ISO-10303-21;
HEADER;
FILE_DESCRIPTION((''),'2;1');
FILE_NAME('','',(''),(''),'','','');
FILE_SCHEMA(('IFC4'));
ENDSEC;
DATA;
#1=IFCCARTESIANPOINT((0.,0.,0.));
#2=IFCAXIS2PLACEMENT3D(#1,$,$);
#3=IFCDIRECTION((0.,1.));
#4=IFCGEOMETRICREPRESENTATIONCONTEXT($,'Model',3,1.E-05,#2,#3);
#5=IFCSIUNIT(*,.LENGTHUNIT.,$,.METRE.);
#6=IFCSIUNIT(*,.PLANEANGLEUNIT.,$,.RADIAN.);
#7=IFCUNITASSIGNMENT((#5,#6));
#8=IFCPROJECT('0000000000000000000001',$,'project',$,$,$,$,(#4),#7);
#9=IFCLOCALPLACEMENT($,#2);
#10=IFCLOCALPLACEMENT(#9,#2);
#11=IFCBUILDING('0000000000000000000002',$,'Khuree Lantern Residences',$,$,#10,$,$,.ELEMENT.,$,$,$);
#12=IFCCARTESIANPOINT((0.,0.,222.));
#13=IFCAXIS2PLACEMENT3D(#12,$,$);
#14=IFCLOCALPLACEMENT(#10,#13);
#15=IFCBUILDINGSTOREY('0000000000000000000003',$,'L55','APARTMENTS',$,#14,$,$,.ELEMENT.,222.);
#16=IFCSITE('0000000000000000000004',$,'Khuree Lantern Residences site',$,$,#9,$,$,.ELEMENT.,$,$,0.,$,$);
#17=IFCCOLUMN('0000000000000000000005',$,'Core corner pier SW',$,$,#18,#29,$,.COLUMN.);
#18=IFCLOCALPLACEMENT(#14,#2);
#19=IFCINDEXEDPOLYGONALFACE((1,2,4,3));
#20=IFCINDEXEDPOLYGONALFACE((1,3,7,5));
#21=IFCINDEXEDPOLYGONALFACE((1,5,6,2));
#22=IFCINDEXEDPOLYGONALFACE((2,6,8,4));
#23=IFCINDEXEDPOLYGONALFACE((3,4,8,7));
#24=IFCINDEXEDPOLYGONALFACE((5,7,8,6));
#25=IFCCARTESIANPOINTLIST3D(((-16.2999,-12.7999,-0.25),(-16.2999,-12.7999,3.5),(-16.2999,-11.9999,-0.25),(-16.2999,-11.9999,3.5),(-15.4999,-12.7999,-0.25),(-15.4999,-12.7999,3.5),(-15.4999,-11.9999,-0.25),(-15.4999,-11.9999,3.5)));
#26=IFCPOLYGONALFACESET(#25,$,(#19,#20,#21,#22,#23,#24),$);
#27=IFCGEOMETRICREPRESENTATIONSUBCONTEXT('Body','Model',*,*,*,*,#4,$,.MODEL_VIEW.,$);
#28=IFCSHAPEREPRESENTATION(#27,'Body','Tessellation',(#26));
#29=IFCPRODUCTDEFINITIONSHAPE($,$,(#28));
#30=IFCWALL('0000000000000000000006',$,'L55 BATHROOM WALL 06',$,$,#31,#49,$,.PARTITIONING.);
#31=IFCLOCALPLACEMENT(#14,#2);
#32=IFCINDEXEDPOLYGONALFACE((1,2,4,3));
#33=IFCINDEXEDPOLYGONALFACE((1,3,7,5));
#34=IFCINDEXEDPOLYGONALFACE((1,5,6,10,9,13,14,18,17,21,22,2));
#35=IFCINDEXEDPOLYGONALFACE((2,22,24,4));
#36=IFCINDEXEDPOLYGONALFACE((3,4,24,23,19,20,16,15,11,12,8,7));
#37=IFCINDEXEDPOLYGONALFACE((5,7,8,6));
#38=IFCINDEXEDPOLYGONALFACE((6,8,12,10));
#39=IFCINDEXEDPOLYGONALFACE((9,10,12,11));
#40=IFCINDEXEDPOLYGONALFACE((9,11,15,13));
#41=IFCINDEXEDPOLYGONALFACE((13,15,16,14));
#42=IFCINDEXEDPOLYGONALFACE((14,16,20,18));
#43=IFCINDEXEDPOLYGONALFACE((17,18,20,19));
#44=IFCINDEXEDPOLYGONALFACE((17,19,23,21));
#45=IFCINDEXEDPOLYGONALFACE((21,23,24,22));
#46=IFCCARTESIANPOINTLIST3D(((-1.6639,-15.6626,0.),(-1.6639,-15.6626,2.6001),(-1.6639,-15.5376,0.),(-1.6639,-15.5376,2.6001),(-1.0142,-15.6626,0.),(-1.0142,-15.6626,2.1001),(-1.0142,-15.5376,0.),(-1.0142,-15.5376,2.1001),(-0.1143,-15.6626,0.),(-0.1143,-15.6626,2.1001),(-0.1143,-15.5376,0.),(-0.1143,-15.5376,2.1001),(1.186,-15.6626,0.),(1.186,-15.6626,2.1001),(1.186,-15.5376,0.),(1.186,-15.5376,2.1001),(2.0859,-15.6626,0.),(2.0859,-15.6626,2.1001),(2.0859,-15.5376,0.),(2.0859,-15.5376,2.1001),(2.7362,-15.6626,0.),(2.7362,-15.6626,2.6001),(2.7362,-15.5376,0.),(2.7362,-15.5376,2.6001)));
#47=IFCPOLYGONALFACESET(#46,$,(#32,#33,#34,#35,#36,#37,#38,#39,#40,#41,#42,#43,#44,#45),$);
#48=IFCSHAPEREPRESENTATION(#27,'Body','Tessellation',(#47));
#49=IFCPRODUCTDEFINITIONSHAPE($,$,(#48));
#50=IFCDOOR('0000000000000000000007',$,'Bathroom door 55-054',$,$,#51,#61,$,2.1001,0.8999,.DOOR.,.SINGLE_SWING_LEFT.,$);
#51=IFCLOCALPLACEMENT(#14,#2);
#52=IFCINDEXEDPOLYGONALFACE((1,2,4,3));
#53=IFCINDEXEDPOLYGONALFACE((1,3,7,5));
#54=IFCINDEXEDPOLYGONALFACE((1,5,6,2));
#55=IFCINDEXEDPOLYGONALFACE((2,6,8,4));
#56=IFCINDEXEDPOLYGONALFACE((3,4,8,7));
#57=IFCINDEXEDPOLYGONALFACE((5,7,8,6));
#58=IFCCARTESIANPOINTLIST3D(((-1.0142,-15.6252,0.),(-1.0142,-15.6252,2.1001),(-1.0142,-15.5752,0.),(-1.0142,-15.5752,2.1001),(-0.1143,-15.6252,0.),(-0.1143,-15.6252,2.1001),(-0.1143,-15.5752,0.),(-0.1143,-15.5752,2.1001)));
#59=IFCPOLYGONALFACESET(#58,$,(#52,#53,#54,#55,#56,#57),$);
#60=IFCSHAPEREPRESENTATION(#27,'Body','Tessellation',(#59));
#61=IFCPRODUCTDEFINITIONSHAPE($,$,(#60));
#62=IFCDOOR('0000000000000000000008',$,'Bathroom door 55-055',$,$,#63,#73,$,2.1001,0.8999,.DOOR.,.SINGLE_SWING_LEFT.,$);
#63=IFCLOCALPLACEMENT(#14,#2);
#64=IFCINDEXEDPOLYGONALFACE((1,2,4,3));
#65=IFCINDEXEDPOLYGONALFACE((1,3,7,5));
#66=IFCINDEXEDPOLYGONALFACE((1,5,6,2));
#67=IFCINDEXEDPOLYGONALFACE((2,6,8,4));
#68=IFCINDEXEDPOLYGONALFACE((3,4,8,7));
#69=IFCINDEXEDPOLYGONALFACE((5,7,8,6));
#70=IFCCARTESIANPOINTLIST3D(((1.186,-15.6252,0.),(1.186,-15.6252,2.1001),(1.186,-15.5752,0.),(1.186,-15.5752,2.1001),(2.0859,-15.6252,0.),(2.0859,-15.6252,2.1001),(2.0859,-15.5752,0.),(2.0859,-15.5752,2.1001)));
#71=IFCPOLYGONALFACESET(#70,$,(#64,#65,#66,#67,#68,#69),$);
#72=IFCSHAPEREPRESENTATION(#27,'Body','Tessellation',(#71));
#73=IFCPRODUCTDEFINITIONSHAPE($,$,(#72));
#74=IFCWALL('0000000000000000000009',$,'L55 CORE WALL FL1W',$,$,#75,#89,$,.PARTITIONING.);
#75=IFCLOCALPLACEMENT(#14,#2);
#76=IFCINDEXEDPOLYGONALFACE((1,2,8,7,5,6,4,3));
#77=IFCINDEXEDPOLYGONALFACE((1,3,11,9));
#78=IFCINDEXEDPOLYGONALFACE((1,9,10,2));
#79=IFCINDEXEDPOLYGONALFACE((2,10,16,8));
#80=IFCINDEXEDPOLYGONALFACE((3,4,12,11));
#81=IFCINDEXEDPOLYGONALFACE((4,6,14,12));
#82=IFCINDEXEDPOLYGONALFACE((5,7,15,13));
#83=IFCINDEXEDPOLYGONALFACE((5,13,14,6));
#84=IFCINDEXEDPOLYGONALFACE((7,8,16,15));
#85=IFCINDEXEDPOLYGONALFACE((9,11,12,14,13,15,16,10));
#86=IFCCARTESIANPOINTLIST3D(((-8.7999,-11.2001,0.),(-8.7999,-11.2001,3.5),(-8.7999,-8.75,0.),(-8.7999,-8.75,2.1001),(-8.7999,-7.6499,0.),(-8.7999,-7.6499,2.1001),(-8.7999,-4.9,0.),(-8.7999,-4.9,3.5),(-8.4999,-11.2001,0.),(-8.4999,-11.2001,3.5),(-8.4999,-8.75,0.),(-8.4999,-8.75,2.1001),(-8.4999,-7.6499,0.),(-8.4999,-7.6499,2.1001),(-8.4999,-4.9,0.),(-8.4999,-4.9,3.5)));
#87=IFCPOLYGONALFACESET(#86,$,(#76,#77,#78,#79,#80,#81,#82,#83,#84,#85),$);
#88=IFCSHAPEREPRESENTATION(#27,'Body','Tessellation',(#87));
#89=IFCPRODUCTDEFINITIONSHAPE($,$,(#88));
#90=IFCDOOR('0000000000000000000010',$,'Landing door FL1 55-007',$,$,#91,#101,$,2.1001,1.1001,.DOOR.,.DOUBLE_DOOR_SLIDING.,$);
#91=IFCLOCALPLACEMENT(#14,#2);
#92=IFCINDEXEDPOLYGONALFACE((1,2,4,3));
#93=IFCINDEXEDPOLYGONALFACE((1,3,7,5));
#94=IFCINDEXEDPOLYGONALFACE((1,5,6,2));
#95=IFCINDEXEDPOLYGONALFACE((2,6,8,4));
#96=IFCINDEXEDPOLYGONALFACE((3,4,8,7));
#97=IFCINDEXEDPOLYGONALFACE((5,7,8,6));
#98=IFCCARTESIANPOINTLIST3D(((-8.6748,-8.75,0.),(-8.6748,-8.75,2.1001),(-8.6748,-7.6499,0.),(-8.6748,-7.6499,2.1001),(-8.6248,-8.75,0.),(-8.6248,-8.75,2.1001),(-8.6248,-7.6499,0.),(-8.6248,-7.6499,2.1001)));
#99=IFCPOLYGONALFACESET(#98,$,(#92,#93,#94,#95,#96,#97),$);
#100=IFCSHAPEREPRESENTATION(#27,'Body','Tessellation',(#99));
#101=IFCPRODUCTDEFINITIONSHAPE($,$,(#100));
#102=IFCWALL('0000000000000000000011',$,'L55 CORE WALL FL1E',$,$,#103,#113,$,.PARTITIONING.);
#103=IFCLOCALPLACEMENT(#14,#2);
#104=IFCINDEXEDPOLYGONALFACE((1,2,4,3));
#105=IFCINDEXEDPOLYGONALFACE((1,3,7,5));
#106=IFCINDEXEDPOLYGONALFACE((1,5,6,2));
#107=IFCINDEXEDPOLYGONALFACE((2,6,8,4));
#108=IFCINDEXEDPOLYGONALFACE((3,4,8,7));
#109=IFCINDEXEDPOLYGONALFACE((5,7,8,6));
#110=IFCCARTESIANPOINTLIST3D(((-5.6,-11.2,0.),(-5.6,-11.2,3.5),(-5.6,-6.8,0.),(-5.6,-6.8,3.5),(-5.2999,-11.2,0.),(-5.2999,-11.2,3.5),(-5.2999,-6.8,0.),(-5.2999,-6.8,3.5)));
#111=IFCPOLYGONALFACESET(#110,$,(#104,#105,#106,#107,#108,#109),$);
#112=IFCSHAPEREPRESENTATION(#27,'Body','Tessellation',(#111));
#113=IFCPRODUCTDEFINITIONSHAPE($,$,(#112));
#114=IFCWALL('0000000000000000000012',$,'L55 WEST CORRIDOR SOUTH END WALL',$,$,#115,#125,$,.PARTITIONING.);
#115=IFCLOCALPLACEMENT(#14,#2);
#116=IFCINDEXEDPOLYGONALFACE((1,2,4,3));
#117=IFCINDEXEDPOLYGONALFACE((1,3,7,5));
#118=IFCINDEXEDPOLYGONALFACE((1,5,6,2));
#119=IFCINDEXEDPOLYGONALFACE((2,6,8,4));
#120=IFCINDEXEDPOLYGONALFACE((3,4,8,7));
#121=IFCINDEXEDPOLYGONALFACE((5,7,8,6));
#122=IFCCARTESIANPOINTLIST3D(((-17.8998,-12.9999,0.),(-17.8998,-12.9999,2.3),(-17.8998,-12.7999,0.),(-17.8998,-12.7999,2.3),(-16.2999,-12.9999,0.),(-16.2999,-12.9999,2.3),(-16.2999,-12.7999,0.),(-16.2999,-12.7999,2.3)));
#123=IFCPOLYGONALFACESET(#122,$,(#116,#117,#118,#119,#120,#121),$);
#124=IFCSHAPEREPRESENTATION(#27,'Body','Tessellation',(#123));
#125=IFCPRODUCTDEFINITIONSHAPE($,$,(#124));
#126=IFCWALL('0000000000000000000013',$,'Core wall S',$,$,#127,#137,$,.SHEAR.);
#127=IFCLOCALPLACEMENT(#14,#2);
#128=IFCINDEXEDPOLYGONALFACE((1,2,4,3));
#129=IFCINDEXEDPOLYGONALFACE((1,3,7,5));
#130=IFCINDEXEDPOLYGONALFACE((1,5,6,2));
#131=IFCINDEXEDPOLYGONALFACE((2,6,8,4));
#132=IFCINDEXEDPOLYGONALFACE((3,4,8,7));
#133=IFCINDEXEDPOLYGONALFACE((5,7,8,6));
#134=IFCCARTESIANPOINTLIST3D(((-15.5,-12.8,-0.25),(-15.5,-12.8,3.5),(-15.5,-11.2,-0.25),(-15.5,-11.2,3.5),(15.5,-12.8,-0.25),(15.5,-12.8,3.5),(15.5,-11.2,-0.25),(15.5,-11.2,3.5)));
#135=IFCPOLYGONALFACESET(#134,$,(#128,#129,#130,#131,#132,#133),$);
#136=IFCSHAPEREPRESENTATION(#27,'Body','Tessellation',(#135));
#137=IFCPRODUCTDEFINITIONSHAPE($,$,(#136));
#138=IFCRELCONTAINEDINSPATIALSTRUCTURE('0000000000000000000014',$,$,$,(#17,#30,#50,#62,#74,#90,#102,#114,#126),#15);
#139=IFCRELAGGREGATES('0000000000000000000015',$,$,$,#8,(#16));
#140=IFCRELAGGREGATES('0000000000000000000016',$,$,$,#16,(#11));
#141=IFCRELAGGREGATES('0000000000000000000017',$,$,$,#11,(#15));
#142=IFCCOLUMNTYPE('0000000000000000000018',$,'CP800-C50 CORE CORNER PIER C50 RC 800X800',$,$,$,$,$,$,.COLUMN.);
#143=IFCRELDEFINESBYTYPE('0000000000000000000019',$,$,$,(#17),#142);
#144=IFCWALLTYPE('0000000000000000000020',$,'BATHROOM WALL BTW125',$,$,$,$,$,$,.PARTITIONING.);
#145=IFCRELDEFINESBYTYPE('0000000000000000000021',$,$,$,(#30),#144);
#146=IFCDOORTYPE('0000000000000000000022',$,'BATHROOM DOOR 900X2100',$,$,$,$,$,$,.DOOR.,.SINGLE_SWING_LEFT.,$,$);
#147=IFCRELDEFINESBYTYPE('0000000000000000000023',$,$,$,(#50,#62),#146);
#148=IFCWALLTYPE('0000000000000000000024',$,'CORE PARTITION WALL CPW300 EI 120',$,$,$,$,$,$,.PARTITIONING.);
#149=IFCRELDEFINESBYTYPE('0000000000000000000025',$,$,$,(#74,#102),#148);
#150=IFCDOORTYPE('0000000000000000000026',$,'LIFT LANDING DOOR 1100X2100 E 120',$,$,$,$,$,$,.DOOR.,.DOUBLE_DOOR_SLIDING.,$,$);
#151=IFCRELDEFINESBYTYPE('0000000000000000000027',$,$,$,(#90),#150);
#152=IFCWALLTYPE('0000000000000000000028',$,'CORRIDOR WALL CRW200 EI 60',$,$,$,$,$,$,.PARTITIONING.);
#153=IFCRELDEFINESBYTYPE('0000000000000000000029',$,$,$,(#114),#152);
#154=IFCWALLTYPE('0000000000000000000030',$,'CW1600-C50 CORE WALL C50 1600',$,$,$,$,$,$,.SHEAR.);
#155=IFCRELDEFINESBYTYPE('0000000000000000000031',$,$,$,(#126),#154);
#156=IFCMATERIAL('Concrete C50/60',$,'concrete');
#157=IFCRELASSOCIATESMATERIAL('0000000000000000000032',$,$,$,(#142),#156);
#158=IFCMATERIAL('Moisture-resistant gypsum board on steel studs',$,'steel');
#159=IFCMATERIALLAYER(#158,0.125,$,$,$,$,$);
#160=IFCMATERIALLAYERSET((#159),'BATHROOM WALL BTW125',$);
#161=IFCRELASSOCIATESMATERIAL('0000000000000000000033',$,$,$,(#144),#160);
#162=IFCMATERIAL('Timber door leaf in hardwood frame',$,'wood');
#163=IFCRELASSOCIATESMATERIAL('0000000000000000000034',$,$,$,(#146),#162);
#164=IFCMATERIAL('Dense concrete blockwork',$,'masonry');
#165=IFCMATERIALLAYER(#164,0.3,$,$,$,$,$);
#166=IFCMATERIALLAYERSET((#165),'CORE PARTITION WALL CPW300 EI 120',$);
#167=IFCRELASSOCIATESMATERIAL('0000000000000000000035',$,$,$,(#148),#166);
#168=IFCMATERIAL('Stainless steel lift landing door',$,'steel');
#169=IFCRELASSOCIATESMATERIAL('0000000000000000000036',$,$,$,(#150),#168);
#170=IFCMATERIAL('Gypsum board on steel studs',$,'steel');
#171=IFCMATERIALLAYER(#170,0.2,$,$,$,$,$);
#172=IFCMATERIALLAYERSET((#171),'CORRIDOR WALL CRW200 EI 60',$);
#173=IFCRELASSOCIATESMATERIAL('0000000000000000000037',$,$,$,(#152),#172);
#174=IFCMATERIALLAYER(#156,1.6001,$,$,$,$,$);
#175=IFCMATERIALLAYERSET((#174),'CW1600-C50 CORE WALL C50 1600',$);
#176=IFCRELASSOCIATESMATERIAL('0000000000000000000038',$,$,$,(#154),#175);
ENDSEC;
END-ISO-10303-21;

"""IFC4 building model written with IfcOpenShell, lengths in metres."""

from ifc_helpers import new_model, si_unit, direction, frame, frame_2d, origin, origin_2d, place, context, subcontext, project, spatial, rectangle, extrude, material, layer, layer_set, material_profile, profile_set, type_object, element, fill, save


model = new_model("IFC4")

# Units and contexts
model_context = context("Model", 3, precision=1e-05, world=origin(), true_north=direction((0.0, 1.0)))
body_context = subcontext(model_context, "Body", "Model", "MODEL_VIEW")
ifc_project = project(units=[si_unit("LENGTHUNIT", "METRE"), si_unit("PLANEANGLEUNIT", "RADIAN")], contexts=[model_context])

# Site, building, storey
site_placement = place(None, origin())
site = spatial("IfcSite", under=ifc_project, at=site_placement, Name="Khuree Lantern Residences site", CompositionType="ELEMENT", RefElevation=0.0)
building_placement = place(site_placement, origin())
building = spatial("IfcBuilding", under=site, at=building_placement, Name="Khuree Lantern Residences", CompositionType="ELEMENT")
storey_placement = place(building_placement, frame((0.0, 0.0, 222.0)))
storey = spatial("IfcBuildingStorey", under=building, at=storey_placement, Name="L55", Description="APARTMENTS", CompositionType="ELEMENT", Elevation=222.0)

# Column
ifc_material_1 = material(Name="Concrete C50/60", Category="concrete")
ifc_material_profile = material_profile(ifc_material_1, rectangle(XDim=0.8, YDim=0.8, at=origin_2d()), Name="RC 800X800")
ifc_profile_set = profile_set([ifc_material_profile], Name="Concrete C50/60")
column_type = type_object("IfcColumnType", Name="CP800-C50 CORE CORNER PIER C50 RC 800X800", PredefinedType="COLUMN", material=ifc_profile_set)
column_placement = place(storey_placement, frame((-15.8999, -12.3999, -0.25), z_axis=(0.0, 0.0, 1.0), x_axis=(1.0, 0.0, 0.0)))
element("IfcColumn", 1, at=column_placement, inside=storey, type_object=column_type, Name="Core corner pier SW", PredefinedType="COLUMN", context=body_context, shape_type="SweptSolid", body=[
    extrude(rectangle(XDim=0.8, YDim=0.8, at=origin_2d()), origin(), (0.0, 0.0, 1.0), 3.75),
])

# Wall, openings, doors
ifc_material_2 = material(Name="Moisture-resistant gypsum board on steel studs", Category="steel")
ifc_layer_1 = layer(ifc_material_2, 0.125)
ifc_layer_set_1 = layer_set([ifc_layer_1], Name="BATHROOM WALL BTW125")
wall_type_1 = type_object("IfcWallType", Name="BATHROOM WALL BTW125", PredefinedType="PARTITIONING", material=ifc_layer_set_1)
wall_1_placement = place(storey_placement, frame((-1.6641, -15.6001, 0.0), z_axis=(0.0, 0.0, 1.0), x_axis=(1.0, 0.0, 0.0)))
wall_1 = element("IfcWall", 2, at=wall_1_placement, inside=storey, type_object=wall_type_1, Name="L55 BATHROOM WALL 06", PredefinedType="PARTITIONING", context=body_context, shape_type="SweptSolid", body=[
    extrude(rectangle(XDim=4.4001, YDim=0.125, at=frame_2d((2.2002, 0.0))), origin(), (0.0, 0.0, 1.0), 2.6001),
])
opening_1_placement = place(wall_1_placement, frame((0.6499, 0.0, 0.0)))
opening_1 = element("IfcOpeningElement", 3, at=opening_1_placement, cuts=wall_1, PredefinedType="OPENING", context=body_context, shape_type="SweptSolid", body=[
    extrude(rectangle(XDim=0.8999, YDim=2.1001, at=frame_2d((0.45, 1.05))), frame((0.0, 0.0725, 0.0), z_axis=(0.0, -1.0, 0.0), x_axis=(1.0, 0.0, 0.0)), (0.0, 0.0, 1.0), 0.145),
])
opening_2_placement = place(wall_1_placement, frame((2.8501, 0.0, 0.0)))
opening_2 = element("IfcOpeningElement", 4, at=opening_2_placement, cuts=wall_1, PredefinedType="OPENING", context=body_context, shape_type="SweptSolid", body=[
    extrude(rectangle(XDim=0.8999, YDim=2.1001, at=frame_2d((0.45, 1.05))), frame((0.0, 0.0725, 0.0), z_axis=(0.0, -1.0, 0.0), x_axis=(1.0, 0.0, 0.0)), (0.0, 0.0, 1.0), 0.145),
])
ifc_material_3 = material(Name="Timber door leaf in hardwood frame", Category="wood")
door_type_1 = type_object("IfcDoorType", Name="BATHROOM DOOR 900X2100", OperationType="SINGLE_SWING_LEFT", PredefinedType="DOOR", material=ifc_material_3)
door_1_placement = place(opening_1_placement, origin())
door_1 = element("IfcDoor", 5, at=door_1_placement, inside=storey, type_object=door_type_1, Name="Bathroom door 55-054", OperationType="SINGLE_SWING_LEFT", OverallHeight=2.1001, OverallWidth=0.8999, PredefinedType="DOOR", context=body_context, shape_type="SweptSolid", body=[
    extrude(rectangle(XDim=0.8999, YDim=2.1001, at=frame_2d((0.45, 1.05))), frame((0.0, 0.0249, 0.0), z_axis=(0.0, -1.0, 0.0), x_axis=(1.0, 0.0, 0.0)), (0.0, 0.0, 1.0), 0.05),
])
fill(opening_1, door_1)
door_2_placement = place(opening_2_placement, origin())
door_2 = element("IfcDoor", 6, at=door_2_placement, inside=storey, type_object=door_type_1, Name="Bathroom door 55-055", OperationType="SINGLE_SWING_LEFT", OverallHeight=2.1001, OverallWidth=0.8999, PredefinedType="DOOR", context=body_context, shape_type="SweptSolid", body=[
    extrude(rectangle(XDim=0.8999, YDim=2.1001, at=frame_2d((0.45, 1.05))), frame((0.0, 0.0249, 0.0), z_axis=(0.0, -1.0, 0.0), x_axis=(1.0, 0.0, 0.0)), (0.0, 0.0, 1.0), 0.05),
])
fill(opening_2, door_2)

# Wall, opening, door
ifc_material_4 = material(Name="Dense concrete blockwork", Category="masonry")
ifc_layer_2 = layer(ifc_material_4, 0.3)
ifc_layer_set_2 = layer_set([ifc_layer_2], Name="CORE PARTITION WALL CPW300 EI 120")
wall_type_2 = type_object("IfcWallType", Name="CORE PARTITION WALL CPW300 EI 120", PredefinedType="PARTITIONING", material=ifc_layer_set_2)
wall_2_placement = place(storey_placement, frame((-8.6499, -11.2, 0.0), z_axis=(0.0, 0.0, 1.0), x_axis=(0.0, 1.0, 0.0)))
wall_2 = element("IfcWall", 7, at=wall_2_placement, inside=storey, type_object=wall_type_2, Name="L55 CORE WALL FL1W", PredefinedType="PARTITIONING", context=body_context, shape_type="SweptSolid", body=[
    extrude(rectangle(XDim=6.3, YDim=0.3, at=frame_2d((3.1499, 0.0))), origin(), (0.0, 0.0, 1.0), 3.5),
])
opening_3_placement = place(wall_2_placement, frame((2.45, 0.0, 0.0)))
opening_3 = element("IfcOpeningElement", 8, at=opening_3_placement, cuts=wall_2, PredefinedType="OPENING", context=body_context, shape_type="SweptSolid", body=[
    extrude(rectangle(XDim=1.1001, YDim=2.1001, at=frame_2d((0.55, 1.05))), frame((0.0, 0.1602, 0.0), z_axis=(0.0, -1.0, 0.0), x_axis=(1.0, 0.0, 0.0)), (0.0, 0.0, 1.0), 0.3201),
])
ifc_material_5 = material(Name="Stainless steel lift landing door", Category="steel")
door_type_2 = type_object("IfcDoorType", Name="LIFT LANDING DOOR 1100X2100 E 120", OperationType="DOUBLE_DOOR_SLIDING", PredefinedType="DOOR", material=ifc_material_5)
door_3_placement = place(opening_3_placement, origin())
door_3 = element("IfcDoor", 9, at=door_3_placement, inside=storey, type_object=door_type_2, Name="Landing door FL1 55-007", OperationType="DOUBLE_DOOR_SLIDING", OverallHeight=2.1001, OverallWidth=1.1001, PredefinedType="DOOR", context=body_context, shape_type="SweptSolid", body=[
    extrude(rectangle(XDim=1.1001, YDim=2.1001, at=frame_2d((0.55, 1.05))), frame((0.0, 0.0249, 0.0), z_axis=(0.0, -1.0, 0.0), x_axis=(1.0, 0.0, 0.0)), (0.0, 0.0, 1.0), 0.05),
])
fill(opening_3, door_3)

# Walls
wall_3_placement = place(storey_placement, frame((-5.45, -11.2, 0.0), z_axis=(0.0, 0.0, 1.0), x_axis=(0.0, 1.0, 0.0)))
element("IfcWall", 10, at=wall_3_placement, inside=storey, type_object=wall_type_2, Name="L55 CORE WALL FL1E", PredefinedType="PARTITIONING", context=body_context, shape_type="SweptSolid", body=[
    extrude(rectangle(XDim=4.3999, YDim=0.3, at=frame_2d((2.2, 0.0))), origin(), (0.0, 0.0, 1.0), 3.5),
])
ifc_material_6 = material(Name="Gypsum board on steel studs", Category="steel")
ifc_layer_3 = layer(ifc_material_6, 0.2)
ifc_layer_set_3 = layer_set([ifc_layer_3], Name="CORRIDOR WALL CRW200 EI 60")
wall_type_3 = type_object("IfcWallType", Name="CORRIDOR WALL CRW200 EI 60", PredefinedType="PARTITIONING", material=ifc_layer_set_3)
wall_4_placement = place(storey_placement, frame((-16.3, -12.8999, 0.0), z_axis=(0.0, 0.0, 1.0), x_axis=(-1.0, 0.0, 0.0)))
element("IfcWall", 11, at=wall_4_placement, inside=storey, type_object=wall_type_3, Name="L55 WEST CORRIDOR SOUTH END WALL", PredefinedType="PARTITIONING", context=body_context, shape_type="SweptSolid", body=[
    extrude(rectangle(XDim=1.5999, YDim=0.2, at=frame_2d((0.7998, 0.0))), origin(), (0.0, 0.0, 1.0), 2.3),
])
ifc_layer_4 = layer(ifc_material_1, 1.6001)
ifc_layer_set_4 = layer_set([ifc_layer_4], Name="CW1600-C50 CORE WALL C50 1600")
wall_type_4 = type_object("IfcWallType", Name="CW1600-C50 CORE WALL C50 1600", PredefinedType="SHEAR", material=ifc_layer_set_4)
wall_5_placement = place(storey_placement, frame((-15.5, -12.0, -0.25), z_axis=(0.0, 0.0, 1.0), x_axis=(1.0, 0.0, 0.0)))
element("IfcWall", 12, at=wall_5_placement, inside=storey, type_object=wall_type_4, Name="Core wall S", PredefinedType="SHEAR", context=body_context, shape_type="SweptSolid", body=[
    extrude(rectangle(XDim=31.0, YDim=1.6001, at=frame_2d((15.5, 0.0))), origin(), (0.0, 0.0, 1.0), 3.75),
])

save(model, "model.ifc")
